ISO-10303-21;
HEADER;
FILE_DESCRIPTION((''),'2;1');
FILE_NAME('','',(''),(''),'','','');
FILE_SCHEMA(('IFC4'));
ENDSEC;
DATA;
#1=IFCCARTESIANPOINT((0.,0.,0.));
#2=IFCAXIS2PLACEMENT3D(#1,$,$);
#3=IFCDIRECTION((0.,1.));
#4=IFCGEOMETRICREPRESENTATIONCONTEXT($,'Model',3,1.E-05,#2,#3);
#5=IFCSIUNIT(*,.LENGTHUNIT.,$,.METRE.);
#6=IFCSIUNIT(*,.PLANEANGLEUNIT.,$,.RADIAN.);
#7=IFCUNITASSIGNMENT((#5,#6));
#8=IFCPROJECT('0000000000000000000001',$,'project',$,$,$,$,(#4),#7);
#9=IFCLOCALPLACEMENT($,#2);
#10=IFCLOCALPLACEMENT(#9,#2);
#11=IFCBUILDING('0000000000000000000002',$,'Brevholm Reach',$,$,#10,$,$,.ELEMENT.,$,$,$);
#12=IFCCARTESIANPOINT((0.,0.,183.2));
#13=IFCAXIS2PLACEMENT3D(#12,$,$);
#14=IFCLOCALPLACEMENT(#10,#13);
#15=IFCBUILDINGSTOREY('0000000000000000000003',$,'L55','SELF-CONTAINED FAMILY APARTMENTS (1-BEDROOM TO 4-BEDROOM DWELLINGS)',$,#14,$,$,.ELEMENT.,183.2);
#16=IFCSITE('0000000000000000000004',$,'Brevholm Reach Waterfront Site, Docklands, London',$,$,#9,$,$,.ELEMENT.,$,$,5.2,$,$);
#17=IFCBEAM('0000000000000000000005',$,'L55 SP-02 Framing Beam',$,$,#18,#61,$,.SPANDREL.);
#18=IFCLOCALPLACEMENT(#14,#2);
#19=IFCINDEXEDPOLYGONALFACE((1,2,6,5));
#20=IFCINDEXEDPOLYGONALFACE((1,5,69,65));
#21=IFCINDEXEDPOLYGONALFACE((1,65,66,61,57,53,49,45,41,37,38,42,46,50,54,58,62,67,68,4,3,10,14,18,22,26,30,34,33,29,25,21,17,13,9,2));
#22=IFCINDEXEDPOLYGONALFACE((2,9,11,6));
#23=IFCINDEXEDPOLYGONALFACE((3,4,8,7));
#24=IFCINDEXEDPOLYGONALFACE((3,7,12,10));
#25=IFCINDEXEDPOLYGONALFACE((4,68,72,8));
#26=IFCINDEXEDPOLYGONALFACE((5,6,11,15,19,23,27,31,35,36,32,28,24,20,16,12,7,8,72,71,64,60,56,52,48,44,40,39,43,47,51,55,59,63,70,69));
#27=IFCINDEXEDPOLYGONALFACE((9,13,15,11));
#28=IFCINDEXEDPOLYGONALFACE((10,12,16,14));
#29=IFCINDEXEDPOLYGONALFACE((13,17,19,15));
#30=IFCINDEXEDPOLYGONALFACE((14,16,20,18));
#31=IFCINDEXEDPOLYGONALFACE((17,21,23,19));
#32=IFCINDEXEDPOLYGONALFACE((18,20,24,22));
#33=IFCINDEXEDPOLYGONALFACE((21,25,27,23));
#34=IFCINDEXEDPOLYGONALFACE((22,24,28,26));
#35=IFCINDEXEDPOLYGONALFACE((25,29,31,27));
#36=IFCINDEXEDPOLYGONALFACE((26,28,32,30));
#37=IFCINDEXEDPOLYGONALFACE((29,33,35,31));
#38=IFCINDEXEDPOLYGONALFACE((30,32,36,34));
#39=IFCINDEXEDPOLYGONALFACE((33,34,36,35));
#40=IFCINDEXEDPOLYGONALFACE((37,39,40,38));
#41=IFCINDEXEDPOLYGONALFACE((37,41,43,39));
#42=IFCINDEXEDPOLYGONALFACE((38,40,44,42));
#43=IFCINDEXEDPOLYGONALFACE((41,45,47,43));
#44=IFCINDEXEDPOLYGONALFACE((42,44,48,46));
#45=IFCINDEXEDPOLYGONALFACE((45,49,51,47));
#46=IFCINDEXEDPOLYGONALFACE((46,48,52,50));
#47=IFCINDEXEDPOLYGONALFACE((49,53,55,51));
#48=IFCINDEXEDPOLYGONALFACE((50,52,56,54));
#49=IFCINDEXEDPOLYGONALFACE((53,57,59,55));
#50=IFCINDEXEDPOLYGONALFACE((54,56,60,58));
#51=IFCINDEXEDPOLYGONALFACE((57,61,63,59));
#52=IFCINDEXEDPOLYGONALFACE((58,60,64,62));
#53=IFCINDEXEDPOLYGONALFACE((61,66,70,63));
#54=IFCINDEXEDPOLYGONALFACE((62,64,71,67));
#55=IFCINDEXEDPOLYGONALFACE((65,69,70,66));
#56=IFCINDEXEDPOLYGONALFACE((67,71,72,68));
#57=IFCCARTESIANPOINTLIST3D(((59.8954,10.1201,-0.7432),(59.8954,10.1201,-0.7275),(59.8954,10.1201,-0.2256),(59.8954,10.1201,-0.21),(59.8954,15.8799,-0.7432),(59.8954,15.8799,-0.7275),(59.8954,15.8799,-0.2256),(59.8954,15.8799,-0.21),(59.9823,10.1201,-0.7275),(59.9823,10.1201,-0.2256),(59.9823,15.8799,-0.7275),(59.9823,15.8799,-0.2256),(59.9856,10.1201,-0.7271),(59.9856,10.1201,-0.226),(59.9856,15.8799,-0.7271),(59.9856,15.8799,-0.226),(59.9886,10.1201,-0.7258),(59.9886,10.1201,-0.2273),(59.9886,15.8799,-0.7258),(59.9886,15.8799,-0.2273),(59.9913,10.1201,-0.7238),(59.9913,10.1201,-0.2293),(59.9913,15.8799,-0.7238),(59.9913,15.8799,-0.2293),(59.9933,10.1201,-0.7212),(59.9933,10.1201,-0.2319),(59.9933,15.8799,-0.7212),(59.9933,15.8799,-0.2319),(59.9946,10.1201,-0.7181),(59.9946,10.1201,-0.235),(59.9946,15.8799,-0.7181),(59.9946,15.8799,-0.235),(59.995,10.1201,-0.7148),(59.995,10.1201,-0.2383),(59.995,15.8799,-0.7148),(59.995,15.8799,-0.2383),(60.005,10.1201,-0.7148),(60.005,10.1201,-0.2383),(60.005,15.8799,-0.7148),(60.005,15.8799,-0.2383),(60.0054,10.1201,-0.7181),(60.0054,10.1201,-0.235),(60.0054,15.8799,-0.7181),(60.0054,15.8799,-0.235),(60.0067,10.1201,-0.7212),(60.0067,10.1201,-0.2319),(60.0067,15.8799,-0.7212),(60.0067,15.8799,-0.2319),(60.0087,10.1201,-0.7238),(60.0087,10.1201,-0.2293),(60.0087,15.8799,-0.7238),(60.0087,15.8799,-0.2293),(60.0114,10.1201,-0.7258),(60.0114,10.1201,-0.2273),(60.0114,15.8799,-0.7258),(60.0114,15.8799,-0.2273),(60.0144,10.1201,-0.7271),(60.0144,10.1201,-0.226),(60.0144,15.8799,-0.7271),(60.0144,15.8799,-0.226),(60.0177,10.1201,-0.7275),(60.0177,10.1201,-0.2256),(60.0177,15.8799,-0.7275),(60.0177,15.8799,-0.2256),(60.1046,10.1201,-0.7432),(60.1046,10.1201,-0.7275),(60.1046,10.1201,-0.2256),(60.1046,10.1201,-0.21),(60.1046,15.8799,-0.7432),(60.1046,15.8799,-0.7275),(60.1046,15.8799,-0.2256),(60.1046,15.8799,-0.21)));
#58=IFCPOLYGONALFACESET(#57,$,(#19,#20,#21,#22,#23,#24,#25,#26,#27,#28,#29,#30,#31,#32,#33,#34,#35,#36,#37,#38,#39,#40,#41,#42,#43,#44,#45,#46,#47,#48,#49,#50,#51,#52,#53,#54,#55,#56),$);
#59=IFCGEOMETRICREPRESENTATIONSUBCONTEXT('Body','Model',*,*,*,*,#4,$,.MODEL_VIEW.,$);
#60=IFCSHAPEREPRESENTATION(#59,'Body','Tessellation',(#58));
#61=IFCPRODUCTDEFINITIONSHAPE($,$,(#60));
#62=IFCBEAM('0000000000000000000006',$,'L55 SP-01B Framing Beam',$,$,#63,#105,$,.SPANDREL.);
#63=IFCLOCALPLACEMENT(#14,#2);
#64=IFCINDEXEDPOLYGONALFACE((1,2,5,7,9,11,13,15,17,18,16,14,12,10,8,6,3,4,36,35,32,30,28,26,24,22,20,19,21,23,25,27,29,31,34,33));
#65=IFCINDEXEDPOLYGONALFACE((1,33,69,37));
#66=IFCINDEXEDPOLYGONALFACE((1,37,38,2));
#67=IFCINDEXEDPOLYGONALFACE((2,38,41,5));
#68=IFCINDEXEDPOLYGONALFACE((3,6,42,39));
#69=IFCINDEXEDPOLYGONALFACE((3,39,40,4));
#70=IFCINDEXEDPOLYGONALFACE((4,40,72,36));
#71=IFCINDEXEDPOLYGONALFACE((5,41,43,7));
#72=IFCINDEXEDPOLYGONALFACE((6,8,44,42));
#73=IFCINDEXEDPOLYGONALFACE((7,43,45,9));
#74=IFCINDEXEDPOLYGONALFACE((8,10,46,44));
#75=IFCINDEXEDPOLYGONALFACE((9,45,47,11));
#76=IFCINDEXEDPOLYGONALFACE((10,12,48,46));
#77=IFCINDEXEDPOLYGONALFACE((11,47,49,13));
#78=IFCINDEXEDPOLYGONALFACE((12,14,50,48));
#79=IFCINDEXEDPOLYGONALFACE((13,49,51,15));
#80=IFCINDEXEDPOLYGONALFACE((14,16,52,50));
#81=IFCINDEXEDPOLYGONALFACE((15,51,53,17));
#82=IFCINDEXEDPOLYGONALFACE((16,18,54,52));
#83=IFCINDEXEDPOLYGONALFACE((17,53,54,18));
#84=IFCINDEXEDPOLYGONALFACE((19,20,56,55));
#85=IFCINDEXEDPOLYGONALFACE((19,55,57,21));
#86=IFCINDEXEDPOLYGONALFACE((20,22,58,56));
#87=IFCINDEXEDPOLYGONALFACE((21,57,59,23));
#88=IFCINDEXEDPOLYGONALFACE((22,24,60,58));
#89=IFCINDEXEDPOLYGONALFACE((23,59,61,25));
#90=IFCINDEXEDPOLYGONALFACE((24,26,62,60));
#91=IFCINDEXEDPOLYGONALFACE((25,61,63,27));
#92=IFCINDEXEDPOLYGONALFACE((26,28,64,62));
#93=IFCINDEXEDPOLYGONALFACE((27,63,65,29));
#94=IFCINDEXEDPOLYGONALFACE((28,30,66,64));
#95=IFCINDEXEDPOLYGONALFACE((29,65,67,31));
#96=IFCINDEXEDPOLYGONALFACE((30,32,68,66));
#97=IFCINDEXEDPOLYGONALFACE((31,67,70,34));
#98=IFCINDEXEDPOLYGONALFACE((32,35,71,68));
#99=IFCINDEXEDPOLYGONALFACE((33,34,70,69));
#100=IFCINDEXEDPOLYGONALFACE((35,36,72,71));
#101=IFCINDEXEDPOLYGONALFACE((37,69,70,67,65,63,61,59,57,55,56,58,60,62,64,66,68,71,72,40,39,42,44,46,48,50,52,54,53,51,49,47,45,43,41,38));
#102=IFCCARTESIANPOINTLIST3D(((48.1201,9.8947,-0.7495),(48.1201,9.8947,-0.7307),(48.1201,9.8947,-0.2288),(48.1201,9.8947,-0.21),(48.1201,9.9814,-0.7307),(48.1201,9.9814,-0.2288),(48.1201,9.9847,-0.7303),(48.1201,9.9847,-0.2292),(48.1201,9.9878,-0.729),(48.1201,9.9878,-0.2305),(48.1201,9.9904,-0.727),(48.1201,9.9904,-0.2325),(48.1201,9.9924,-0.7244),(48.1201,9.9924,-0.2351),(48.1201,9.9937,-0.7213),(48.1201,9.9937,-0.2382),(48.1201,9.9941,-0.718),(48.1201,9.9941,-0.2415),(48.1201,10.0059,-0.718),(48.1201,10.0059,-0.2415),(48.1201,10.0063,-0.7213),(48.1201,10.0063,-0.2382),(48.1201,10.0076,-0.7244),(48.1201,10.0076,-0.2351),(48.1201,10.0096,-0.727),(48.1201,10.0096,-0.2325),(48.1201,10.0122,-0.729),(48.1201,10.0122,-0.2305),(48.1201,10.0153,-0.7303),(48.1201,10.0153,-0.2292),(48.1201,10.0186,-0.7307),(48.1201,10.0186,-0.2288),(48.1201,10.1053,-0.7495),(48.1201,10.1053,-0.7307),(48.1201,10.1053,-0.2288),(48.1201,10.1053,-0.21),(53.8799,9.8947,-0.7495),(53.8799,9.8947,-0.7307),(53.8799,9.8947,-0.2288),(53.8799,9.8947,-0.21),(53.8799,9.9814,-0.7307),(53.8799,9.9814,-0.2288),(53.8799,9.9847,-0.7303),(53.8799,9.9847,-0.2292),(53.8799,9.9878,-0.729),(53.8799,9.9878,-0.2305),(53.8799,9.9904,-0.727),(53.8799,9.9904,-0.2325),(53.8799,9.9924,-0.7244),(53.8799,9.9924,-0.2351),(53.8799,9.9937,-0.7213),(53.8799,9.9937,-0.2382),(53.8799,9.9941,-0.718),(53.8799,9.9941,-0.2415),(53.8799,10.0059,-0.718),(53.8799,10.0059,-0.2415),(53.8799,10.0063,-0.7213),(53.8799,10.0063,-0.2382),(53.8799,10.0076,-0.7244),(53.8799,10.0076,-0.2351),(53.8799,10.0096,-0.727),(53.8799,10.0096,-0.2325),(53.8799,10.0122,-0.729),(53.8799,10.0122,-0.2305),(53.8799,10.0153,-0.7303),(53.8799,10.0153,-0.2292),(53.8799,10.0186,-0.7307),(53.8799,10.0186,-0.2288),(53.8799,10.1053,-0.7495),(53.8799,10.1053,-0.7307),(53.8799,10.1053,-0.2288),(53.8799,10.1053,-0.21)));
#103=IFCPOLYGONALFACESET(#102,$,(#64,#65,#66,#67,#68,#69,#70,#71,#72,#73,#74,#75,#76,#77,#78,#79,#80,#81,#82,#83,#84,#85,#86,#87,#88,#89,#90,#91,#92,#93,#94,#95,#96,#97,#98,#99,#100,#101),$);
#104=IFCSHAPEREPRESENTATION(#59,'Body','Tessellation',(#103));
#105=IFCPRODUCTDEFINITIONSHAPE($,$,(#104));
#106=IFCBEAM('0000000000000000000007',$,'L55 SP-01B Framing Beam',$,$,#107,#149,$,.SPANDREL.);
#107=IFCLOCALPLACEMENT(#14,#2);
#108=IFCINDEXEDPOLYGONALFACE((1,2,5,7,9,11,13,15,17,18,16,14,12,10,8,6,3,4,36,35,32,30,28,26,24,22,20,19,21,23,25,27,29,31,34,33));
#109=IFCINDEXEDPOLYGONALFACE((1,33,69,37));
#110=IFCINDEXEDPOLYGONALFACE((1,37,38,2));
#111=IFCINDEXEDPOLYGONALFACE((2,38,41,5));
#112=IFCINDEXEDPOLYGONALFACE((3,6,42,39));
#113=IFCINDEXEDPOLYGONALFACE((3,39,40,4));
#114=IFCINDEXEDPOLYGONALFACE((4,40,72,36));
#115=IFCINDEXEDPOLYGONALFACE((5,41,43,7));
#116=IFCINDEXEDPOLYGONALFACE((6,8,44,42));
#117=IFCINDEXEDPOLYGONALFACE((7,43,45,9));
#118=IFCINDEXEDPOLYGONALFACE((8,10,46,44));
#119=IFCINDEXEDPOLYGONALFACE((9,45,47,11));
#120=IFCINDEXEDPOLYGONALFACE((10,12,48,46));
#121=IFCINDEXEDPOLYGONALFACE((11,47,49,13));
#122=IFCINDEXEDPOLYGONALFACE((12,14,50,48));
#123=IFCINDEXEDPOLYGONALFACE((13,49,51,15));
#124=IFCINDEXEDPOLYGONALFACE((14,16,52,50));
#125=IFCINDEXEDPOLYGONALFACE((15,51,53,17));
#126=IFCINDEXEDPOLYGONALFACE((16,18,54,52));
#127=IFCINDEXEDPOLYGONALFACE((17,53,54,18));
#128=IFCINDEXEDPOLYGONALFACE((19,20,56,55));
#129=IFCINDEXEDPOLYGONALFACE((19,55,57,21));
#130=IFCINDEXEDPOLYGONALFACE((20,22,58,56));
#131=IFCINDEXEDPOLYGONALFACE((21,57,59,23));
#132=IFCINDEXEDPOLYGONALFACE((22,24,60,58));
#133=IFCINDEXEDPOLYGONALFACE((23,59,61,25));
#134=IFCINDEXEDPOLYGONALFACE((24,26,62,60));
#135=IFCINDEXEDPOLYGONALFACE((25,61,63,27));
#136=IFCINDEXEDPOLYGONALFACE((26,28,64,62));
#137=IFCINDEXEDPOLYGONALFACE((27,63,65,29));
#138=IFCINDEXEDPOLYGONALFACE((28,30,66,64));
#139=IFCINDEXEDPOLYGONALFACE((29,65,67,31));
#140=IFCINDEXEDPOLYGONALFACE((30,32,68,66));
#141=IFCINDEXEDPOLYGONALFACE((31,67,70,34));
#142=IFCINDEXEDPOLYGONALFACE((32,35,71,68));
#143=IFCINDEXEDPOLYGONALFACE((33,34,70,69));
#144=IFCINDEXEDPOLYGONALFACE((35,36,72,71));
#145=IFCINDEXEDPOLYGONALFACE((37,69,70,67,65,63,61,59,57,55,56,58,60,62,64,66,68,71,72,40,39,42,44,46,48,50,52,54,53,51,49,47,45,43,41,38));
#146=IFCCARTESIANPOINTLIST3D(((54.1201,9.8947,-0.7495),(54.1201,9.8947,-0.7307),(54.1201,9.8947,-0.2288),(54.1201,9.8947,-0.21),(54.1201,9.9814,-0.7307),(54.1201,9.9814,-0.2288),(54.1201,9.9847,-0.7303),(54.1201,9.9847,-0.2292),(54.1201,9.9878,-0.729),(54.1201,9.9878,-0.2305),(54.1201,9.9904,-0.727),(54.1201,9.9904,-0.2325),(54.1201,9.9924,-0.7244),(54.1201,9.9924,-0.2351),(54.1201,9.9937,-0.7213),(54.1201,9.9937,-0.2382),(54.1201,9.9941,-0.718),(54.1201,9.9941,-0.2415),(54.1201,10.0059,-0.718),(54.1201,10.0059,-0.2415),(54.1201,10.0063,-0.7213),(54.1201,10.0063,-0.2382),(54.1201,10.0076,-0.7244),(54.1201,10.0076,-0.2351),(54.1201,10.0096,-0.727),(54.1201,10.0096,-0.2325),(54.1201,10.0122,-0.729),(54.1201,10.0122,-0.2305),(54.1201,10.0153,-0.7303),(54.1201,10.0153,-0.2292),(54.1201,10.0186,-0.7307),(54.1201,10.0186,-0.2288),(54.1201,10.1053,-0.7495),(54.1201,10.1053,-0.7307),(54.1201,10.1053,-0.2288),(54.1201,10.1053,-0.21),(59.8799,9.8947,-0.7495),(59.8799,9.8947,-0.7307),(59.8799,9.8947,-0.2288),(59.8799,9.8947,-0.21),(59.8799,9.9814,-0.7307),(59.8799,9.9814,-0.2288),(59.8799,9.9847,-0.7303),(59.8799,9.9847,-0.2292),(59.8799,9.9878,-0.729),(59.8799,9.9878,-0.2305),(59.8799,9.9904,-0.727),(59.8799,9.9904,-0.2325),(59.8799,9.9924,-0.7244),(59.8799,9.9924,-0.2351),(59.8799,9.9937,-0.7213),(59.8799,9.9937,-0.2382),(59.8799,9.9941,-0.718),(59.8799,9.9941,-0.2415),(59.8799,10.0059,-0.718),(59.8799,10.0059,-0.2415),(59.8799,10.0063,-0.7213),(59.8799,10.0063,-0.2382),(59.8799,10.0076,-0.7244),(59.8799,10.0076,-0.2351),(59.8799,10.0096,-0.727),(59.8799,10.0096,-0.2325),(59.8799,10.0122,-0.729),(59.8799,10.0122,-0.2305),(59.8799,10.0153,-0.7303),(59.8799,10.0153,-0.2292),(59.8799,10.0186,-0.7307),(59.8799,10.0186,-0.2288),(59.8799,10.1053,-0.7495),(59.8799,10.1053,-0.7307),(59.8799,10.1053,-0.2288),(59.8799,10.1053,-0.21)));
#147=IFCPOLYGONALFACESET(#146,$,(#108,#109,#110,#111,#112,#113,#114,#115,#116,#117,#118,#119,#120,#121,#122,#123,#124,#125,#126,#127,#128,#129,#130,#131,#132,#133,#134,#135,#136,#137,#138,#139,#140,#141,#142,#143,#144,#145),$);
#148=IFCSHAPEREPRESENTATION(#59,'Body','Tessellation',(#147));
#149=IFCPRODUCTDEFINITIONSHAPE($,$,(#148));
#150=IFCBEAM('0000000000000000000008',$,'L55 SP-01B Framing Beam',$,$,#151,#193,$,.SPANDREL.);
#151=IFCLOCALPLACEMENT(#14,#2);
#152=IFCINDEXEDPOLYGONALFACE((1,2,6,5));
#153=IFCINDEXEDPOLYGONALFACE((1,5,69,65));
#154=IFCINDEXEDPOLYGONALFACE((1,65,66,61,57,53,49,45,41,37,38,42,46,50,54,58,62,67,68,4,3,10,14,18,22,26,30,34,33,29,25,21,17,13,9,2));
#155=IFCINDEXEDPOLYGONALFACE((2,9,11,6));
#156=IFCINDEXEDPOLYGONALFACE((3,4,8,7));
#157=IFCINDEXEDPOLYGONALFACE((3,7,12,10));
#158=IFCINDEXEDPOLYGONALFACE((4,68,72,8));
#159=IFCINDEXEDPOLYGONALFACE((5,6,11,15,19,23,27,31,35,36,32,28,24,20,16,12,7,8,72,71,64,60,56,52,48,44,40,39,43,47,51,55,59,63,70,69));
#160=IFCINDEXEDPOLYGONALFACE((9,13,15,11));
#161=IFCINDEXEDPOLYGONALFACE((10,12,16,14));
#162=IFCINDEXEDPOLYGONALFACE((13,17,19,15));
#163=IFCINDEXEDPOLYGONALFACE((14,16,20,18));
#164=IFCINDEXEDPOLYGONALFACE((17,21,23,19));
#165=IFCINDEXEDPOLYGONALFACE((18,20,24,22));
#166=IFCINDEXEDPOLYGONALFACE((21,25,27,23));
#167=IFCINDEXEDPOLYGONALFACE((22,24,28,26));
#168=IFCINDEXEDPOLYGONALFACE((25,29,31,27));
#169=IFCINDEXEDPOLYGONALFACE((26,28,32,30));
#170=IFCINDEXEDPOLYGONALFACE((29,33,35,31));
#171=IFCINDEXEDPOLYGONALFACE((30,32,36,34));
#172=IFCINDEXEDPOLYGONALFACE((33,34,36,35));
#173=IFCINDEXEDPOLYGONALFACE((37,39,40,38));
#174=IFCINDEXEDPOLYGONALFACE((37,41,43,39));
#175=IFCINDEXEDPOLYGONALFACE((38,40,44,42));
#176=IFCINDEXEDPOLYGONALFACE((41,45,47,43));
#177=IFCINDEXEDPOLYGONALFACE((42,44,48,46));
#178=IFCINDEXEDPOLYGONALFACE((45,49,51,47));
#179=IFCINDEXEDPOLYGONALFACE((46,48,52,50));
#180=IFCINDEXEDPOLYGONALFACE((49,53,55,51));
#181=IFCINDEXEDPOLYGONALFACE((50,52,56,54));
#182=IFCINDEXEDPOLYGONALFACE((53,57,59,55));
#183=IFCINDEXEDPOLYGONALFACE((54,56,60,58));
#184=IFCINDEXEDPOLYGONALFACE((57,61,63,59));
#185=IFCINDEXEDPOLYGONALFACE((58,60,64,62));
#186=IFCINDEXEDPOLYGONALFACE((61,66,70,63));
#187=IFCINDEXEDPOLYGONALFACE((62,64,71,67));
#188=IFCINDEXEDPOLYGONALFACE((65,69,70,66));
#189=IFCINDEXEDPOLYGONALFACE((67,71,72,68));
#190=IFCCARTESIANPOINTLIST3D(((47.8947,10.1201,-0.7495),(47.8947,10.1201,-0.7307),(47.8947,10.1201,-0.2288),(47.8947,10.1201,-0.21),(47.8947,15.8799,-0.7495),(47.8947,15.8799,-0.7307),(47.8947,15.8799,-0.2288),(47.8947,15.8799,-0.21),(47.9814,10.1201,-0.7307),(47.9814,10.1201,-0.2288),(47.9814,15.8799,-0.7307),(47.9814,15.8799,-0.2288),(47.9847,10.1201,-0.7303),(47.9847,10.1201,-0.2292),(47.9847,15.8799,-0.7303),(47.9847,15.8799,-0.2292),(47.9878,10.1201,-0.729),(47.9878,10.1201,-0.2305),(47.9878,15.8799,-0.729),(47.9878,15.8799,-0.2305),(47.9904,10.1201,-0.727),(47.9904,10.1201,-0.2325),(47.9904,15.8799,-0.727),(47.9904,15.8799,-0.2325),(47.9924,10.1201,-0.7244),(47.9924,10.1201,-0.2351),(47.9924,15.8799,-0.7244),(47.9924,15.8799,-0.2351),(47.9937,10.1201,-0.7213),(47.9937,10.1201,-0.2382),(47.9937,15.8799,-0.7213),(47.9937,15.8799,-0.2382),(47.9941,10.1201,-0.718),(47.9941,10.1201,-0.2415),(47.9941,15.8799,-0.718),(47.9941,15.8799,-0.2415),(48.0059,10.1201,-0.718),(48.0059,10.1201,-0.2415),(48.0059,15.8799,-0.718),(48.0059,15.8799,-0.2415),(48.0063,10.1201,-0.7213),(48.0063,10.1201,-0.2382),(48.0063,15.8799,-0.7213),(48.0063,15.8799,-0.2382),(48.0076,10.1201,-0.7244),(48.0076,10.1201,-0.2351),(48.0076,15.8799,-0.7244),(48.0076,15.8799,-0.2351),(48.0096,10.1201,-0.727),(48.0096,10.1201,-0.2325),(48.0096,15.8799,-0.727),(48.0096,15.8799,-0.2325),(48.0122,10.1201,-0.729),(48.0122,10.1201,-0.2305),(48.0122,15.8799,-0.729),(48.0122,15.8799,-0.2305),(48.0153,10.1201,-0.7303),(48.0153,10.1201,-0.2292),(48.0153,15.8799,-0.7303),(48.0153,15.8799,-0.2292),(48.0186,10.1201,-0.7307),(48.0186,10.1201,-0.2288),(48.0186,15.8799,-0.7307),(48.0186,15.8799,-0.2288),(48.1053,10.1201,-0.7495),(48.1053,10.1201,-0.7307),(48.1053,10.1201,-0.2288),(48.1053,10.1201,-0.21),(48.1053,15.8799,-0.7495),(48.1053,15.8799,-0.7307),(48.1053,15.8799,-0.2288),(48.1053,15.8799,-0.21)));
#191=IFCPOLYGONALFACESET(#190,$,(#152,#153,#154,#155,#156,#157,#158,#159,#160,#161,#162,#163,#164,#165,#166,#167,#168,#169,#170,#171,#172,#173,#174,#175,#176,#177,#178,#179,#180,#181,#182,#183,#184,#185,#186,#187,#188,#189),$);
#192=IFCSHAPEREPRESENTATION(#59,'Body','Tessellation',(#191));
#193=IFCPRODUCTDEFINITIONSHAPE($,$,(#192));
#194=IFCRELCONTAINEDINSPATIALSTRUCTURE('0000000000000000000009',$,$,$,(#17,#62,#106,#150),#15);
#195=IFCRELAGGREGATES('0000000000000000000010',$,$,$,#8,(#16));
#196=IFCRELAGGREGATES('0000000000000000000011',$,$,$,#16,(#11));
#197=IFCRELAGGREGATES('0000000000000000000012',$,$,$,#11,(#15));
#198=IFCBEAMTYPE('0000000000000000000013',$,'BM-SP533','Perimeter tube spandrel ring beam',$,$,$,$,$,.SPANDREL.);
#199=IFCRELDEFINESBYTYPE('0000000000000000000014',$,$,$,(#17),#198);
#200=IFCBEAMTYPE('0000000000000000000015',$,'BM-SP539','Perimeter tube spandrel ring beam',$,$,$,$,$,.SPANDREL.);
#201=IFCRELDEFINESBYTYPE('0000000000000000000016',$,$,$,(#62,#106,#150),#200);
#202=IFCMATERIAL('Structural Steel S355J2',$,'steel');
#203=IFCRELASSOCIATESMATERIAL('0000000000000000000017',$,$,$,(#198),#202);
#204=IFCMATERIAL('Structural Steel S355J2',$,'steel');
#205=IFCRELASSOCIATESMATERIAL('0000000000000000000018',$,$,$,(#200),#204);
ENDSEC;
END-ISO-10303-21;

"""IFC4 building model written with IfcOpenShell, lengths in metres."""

from ifc_helpers import new_model, si_unit, direction, frame, origin, origin_2d, place, context, subcontext, project, spatial, i_section, extrude, material, material_profile, profile_set, type_object, element, save


model = new_model("IFC4")

# Units and contexts
model_context = context("Model", 3, precision=1e-05, world=origin(), true_north=direction((0.0, 1.0)))
body_context = subcontext(model_context, "Body", "Model", "MODEL_VIEW")
ifc_project = project(units=[si_unit("LENGTHUNIT", "METRE"), si_unit("PLANEANGLEUNIT", "RADIAN")], contexts=[model_context])

# Site, building, storey
site_placement = place(None, origin())
site = spatial("IfcSite", under=ifc_project, at=site_placement, Name="Brevholm Reach Waterfront Site, Docklands, London", CompositionType="ELEMENT", RefElevation=5.2)
building_placement = place(site_placement, origin())
building = spatial("IfcBuilding", under=site, at=building_placement, Name="Brevholm Reach", CompositionType="ELEMENT")
storey_placement = place(building_placement, frame((0.0, 0.0, 183.2)))
storey = spatial("IfcBuildingStorey", under=building, at=storey_placement, Name="L55", Description="SELF-CONTAINED FAMILY APARTMENTS (1-BEDROOM TO 4-BEDROOM DWELLINGS)", CompositionType="ELEMENT", Elevation=183.2)

# Beams
ifc_material_1 = material(Name="Structural Steel S355J2", Category="steel")
ifc_material_profile_1 = material_profile(ifc_material_1, i_section(OverallWidth=0.2092, OverallDepth=0.5332, WebThickness=0.01, FlangeThickness=0.0156, FilletRadius=0.0127, at=origin_2d()), Name="UKB 533x210x92")
ifc_profile_set_1 = profile_set([ifc_material_profile_1], Name="Structural Steel S355J2")
beam_type_1 = type_object("IfcBeamType", Name="BM-SP533", Description="Perimeter tube spandrel ring beam", PredefinedType="SPANDREL", material=ifc_profile_set_1)
beam_placement = place(storey_placement, frame((60.0, 10.1201, -0.4766), z_axis=(0.0, 1.0, 0.0), x_axis=(-1.0, 0.0, 0.0)))
element("IfcBeam", 1, at=beam_placement, inside=storey, type_object=beam_type_1, Name="L55 SP-02 Framing Beam", PredefinedType="SPANDREL", context=body_context, shape_type="SweptSolid", body=[
    extrude(i_section(OverallWidth=0.2092, OverallDepth=0.5332, WebThickness=0.01, FlangeThickness=0.0156, FilletRadius=0.0127, at=origin_2d()), origin(), (0.0, 0.0, 1.0), 5.7598),
])
ifc_material_2 = material(Name="Structural Steel S355J2", Category="steel")
ifc_material_profile_2 = material_profile(ifc_material_2, i_section(OverallWidth=0.2107, OverallDepth=0.5396, WebThickness=0.0117, FlangeThickness=0.0188, FilletRadius=0.0127, at=origin_2d()), Name="UKB 533x210x109")
ifc_profile_set_2 = profile_set([ifc_material_profile_2], Name="Structural Steel S355J2")
beam_type_2 = type_object("IfcBeamType", Name="BM-SP539", Description="Perimeter tube spandrel ring beam", PredefinedType="SPANDREL", material=ifc_profile_set_2)
for number, where, z_axis, x_axis, name in (
    (2, (48.1201, 10.0, -0.4797), (1.0, 0.0, 0.0), (0.0, 1.0, 0.0), "L55 SP-01B Framing Beam"),
    (3, (54.1201, 10.0, -0.4797), (1.0, 0.0, 0.0), (0.0, 1.0, 0.0), "L55 SP-01B Framing Beam"),
    (4, (48.0, 10.1201, -0.4797), (0.0, 1.0, 0.0), (-1.0, 0.0, 0.0), "L55 SP-01B Framing Beam"),
):
    element("IfcBeam", number, at=place(storey_placement, frame(where, z_axis=z_axis, x_axis=x_axis)), inside=storey, type_object=beam_type_2, Name=name, PredefinedType="SPANDREL", context=body_context, shape_type="SweptSolid", body=[
        extrude(i_section(OverallWidth=0.2107, OverallDepth=0.5396, WebThickness=0.0117, FlangeThickness=0.0188, FilletRadius=0.0127, at=origin_2d()), origin(), (0.0, 0.0, 1.0), 5.7598),
    ])

save(model, "model.ifc")
